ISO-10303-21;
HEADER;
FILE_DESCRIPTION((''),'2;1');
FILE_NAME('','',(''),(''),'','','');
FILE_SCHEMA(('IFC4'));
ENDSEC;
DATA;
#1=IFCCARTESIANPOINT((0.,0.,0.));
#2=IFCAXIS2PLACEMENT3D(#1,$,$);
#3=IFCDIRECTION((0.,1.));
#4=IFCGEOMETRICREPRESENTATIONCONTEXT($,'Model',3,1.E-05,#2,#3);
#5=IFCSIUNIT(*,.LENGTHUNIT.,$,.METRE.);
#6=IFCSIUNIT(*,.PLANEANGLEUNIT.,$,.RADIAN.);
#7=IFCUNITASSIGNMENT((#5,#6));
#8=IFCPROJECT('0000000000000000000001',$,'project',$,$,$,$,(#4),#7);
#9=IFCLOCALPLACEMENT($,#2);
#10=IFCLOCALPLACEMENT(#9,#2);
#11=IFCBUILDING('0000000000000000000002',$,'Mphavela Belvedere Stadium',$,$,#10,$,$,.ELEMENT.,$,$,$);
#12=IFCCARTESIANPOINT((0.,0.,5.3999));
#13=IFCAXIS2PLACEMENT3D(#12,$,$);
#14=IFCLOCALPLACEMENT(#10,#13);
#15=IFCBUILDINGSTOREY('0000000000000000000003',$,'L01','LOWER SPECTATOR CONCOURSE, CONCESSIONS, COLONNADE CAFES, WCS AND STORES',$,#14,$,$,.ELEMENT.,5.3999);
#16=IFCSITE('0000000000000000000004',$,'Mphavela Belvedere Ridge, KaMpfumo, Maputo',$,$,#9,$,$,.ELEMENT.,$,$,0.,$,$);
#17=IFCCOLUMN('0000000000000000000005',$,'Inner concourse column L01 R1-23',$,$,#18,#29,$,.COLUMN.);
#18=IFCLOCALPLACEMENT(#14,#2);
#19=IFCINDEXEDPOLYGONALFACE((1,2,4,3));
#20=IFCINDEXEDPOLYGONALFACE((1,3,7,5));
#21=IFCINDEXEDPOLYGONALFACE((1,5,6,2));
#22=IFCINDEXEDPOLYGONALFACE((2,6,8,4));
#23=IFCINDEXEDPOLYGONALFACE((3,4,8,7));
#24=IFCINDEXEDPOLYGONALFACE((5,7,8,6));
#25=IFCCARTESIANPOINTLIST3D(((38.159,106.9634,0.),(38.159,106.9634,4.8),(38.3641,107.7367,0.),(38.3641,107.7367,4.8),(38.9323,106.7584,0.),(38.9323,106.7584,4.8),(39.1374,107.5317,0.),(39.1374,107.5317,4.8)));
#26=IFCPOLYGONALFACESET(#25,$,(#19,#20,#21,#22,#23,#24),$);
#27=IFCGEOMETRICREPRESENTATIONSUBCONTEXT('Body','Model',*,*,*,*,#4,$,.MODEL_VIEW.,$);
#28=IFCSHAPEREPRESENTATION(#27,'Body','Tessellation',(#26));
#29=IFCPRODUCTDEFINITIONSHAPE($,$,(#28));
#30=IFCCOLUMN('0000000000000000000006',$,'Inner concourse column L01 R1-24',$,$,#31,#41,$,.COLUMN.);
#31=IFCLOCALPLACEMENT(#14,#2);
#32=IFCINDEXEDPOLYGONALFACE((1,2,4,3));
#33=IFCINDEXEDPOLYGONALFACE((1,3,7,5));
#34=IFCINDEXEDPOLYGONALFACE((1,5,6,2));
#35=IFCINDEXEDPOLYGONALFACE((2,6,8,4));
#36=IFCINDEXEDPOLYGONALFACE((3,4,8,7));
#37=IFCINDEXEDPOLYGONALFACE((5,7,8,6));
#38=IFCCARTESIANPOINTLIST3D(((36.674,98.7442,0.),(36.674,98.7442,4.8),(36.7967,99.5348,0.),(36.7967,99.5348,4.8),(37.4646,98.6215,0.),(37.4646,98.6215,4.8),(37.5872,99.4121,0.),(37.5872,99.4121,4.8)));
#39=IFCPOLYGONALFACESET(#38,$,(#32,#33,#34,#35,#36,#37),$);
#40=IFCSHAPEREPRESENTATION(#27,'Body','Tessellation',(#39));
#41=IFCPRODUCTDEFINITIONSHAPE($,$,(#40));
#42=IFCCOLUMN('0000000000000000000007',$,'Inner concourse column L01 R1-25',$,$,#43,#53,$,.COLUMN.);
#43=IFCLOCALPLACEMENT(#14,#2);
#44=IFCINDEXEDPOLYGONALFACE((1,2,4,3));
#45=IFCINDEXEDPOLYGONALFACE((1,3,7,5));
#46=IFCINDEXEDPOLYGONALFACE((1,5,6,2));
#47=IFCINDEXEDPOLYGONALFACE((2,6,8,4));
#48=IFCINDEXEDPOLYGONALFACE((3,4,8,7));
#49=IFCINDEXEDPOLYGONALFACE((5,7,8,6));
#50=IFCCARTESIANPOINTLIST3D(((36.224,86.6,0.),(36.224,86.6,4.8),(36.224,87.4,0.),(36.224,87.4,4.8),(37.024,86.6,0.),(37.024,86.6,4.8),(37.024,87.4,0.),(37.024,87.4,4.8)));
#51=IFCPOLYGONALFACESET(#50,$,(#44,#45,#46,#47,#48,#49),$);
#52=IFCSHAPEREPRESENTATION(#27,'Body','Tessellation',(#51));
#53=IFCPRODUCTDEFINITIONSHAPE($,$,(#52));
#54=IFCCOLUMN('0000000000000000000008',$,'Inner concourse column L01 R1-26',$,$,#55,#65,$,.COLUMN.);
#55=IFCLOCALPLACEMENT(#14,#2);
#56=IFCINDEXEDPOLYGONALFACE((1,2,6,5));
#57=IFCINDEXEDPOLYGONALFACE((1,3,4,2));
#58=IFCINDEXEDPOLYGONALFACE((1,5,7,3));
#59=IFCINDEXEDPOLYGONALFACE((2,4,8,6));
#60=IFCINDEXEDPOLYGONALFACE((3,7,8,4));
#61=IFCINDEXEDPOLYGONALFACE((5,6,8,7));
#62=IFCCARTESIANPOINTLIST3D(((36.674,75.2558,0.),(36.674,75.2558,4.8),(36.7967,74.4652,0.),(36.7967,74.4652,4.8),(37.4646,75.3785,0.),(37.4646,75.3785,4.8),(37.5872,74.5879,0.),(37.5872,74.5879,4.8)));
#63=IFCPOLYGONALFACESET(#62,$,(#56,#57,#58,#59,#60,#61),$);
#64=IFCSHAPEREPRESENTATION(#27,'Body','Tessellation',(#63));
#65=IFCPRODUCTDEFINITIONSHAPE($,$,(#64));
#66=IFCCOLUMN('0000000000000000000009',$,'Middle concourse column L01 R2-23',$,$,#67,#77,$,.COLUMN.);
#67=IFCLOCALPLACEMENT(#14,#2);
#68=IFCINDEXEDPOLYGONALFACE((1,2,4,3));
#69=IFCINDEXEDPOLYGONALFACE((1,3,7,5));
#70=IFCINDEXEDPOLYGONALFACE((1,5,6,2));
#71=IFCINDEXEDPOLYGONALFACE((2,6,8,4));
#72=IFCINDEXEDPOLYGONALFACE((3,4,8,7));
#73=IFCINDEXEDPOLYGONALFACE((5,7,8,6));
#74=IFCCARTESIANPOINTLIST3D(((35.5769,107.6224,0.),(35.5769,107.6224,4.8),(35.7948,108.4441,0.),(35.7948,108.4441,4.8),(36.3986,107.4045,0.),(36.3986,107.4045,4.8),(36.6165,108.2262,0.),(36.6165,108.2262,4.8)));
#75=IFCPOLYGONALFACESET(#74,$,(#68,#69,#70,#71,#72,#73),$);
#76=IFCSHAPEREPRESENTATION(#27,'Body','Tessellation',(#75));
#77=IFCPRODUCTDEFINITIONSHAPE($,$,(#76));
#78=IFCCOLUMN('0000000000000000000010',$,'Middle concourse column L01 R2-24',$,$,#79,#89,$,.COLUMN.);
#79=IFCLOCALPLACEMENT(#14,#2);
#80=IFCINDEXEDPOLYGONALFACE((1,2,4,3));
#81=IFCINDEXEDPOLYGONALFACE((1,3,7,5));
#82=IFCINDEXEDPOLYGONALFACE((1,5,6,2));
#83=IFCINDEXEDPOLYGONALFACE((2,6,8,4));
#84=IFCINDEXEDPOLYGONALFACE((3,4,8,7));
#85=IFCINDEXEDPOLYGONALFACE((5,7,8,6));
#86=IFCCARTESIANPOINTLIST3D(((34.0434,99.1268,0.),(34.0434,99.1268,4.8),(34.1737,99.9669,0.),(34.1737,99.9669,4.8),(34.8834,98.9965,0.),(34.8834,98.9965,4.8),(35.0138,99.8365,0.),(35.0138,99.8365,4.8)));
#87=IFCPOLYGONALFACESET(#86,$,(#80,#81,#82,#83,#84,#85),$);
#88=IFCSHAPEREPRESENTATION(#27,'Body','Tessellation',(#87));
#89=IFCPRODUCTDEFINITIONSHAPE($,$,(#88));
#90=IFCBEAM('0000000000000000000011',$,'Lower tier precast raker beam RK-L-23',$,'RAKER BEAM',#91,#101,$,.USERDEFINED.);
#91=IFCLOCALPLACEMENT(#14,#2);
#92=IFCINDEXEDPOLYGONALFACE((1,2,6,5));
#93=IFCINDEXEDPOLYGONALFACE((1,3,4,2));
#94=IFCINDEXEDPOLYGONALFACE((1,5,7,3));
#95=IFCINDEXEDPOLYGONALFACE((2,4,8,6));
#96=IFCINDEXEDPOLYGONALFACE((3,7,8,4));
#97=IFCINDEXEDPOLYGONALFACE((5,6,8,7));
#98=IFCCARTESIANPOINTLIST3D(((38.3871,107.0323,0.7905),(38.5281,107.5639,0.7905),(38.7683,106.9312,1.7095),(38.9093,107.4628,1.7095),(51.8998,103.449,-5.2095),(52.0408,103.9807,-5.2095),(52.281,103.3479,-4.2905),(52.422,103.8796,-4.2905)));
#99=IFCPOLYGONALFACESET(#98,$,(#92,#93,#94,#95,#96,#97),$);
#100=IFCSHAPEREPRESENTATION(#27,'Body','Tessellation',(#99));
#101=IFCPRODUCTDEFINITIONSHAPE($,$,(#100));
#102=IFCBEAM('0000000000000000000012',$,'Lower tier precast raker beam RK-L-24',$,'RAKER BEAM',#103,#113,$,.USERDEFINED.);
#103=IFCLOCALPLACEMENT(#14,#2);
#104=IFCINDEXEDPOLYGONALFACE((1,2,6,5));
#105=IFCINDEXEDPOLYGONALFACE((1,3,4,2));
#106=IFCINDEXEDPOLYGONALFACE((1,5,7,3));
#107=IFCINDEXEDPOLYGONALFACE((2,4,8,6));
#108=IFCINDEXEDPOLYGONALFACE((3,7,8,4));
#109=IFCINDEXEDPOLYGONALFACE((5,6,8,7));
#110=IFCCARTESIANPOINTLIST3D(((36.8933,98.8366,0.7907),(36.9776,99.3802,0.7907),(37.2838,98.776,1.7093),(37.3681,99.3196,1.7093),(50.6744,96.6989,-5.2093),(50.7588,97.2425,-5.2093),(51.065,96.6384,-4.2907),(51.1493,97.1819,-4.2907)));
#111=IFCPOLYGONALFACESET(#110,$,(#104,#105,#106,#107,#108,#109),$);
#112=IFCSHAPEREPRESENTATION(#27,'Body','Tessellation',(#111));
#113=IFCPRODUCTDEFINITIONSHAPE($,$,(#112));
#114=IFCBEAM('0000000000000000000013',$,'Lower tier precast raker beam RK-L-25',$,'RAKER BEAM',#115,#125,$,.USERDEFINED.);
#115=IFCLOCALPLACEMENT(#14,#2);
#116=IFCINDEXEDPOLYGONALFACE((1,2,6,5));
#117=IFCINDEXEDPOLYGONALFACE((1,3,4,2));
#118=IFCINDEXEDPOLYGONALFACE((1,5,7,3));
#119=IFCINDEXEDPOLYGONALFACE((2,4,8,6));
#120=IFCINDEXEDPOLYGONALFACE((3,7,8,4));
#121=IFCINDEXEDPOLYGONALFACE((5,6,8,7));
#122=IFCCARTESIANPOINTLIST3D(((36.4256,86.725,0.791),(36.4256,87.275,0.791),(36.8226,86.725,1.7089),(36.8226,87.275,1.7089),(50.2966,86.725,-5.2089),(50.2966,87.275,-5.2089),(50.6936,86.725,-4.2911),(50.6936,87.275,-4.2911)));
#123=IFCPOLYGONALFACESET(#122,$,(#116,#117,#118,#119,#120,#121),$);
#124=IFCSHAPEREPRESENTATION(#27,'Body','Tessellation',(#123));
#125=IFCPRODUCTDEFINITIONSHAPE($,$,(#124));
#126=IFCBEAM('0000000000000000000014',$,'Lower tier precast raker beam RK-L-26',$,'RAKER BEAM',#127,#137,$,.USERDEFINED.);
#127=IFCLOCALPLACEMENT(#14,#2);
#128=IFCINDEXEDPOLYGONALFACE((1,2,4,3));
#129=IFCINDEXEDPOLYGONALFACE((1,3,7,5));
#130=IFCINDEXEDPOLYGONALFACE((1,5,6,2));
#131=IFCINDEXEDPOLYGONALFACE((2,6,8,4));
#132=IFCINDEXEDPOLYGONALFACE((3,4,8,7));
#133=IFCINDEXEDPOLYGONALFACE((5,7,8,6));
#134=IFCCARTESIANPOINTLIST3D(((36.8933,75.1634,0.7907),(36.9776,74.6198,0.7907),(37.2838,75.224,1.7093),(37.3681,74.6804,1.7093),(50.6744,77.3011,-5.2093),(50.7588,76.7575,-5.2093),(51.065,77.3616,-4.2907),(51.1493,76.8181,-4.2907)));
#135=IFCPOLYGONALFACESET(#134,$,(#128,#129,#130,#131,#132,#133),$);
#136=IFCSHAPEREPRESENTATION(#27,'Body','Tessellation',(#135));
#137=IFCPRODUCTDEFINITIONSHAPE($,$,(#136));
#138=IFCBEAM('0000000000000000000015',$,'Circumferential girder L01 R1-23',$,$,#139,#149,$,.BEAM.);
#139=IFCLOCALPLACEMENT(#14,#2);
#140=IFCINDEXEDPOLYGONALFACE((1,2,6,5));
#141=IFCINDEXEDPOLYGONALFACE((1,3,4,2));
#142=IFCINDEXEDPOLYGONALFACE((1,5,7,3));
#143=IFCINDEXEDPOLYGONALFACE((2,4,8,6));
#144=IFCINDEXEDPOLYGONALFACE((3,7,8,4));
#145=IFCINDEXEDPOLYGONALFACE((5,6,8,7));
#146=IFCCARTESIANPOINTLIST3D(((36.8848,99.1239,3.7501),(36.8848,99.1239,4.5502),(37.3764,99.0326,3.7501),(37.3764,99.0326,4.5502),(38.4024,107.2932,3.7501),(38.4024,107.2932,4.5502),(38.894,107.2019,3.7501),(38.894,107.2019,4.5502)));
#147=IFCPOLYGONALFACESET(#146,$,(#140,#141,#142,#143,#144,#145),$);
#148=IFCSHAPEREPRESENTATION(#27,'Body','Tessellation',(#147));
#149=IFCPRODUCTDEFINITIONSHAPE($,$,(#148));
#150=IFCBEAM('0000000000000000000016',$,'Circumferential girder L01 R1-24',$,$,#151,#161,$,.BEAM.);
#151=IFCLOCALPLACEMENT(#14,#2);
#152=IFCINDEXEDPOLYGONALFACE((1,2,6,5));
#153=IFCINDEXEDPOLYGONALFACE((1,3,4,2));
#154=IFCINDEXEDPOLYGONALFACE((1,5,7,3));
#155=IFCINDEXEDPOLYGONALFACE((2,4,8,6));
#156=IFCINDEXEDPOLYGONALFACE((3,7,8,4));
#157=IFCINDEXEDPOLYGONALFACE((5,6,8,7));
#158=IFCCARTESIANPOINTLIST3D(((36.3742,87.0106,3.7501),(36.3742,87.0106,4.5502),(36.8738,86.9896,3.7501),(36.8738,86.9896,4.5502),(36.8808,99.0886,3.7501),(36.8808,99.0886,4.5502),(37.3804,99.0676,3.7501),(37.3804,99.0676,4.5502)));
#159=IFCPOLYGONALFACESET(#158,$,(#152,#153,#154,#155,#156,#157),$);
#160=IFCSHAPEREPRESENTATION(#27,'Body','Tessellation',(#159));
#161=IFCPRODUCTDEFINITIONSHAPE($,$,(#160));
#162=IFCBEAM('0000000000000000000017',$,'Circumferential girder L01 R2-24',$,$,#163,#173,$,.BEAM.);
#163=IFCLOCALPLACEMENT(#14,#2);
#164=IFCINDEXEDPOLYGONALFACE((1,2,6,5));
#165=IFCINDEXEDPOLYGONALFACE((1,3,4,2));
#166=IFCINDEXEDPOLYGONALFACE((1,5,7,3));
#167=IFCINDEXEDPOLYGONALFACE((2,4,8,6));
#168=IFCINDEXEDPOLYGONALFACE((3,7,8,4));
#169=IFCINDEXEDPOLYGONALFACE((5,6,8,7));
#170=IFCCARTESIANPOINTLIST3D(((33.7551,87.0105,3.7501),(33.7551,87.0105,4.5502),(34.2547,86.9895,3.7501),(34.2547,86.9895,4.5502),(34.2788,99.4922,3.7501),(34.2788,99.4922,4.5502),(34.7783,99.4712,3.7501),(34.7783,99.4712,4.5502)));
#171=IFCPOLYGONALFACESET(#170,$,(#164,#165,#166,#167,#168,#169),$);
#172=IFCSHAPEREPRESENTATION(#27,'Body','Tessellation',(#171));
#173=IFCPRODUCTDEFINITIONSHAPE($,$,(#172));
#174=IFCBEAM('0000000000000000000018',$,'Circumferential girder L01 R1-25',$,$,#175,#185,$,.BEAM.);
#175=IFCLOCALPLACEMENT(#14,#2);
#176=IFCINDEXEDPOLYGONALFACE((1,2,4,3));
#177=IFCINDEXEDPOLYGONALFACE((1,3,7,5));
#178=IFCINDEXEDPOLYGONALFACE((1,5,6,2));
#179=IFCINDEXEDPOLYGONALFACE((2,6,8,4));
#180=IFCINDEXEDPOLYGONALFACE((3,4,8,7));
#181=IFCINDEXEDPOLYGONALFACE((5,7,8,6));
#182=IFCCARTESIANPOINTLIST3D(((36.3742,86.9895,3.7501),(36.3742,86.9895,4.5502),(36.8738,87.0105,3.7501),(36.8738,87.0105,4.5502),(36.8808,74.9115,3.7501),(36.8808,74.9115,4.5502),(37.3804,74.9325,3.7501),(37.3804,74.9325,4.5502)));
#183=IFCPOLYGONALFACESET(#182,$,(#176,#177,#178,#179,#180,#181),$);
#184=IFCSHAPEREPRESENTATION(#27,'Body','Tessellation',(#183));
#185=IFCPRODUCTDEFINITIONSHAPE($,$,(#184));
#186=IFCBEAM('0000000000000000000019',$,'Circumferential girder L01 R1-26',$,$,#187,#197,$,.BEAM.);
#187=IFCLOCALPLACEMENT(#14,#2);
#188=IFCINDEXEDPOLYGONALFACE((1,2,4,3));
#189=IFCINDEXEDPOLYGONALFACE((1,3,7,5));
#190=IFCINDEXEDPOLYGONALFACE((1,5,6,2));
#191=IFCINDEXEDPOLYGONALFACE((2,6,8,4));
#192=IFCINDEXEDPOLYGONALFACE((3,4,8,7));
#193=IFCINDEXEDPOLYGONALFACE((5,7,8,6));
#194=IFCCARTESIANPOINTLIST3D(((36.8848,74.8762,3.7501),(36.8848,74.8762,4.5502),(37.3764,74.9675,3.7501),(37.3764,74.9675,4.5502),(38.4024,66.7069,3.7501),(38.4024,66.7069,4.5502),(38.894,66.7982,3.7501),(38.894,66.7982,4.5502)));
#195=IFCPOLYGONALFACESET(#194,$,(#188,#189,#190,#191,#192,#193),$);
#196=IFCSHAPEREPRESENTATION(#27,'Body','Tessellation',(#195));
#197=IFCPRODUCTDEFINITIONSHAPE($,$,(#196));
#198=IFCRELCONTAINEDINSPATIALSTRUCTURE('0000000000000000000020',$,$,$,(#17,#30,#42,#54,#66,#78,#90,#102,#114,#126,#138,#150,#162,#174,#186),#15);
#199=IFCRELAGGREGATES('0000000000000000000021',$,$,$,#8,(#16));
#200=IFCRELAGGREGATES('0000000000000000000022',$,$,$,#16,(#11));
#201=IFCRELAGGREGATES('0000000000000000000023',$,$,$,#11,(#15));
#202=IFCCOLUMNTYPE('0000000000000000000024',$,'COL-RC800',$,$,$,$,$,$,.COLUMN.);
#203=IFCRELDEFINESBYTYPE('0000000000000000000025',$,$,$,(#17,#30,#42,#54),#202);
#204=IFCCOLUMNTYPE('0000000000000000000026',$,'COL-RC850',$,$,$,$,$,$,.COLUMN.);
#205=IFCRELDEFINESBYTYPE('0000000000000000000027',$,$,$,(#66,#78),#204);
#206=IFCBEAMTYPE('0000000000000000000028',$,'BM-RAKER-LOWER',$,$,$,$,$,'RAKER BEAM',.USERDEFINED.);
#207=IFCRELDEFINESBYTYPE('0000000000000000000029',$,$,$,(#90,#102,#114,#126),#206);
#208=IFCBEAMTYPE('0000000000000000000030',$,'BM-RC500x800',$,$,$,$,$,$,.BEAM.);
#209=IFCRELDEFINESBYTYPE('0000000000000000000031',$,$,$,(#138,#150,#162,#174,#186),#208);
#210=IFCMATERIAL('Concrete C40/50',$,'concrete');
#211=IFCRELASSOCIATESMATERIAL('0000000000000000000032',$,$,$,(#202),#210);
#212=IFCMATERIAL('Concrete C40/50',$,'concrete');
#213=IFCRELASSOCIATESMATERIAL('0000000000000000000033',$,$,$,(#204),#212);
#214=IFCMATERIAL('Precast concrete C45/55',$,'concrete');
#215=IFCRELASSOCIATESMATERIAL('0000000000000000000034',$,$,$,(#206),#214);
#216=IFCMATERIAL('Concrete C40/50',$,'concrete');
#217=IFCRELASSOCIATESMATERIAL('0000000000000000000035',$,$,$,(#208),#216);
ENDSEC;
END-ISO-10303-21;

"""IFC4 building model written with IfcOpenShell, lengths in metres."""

from ifc_helpers import new_model, si_unit, direction, frame, origin, origin_2d, place, context, subcontext, project, spatial, rectangle, extrude, material, material_profile, profile_set, type_object, element, save


model = new_model("IFC4")

# Units and contexts
model_context = context("Model", 3, precision=1e-05, world=origin(), true_north=direction((0.0, 1.0)))
body_context = subcontext(model_context, "Body", "Model", "MODEL_VIEW")
ifc_project = project(units=[si_unit("LENGTHUNIT", "METRE"), si_unit("PLANEANGLEUNIT", "RADIAN")], contexts=[model_context])

# Site, building, storey
site_placement = place(None, origin())
site = spatial("IfcSite", under=ifc_project, at=site_placement, Name="Mphavela Belvedere Ridge, KaMpfumo, Maputo", CompositionType="ELEMENT", RefElevation=0.0)
building_placement = place(site_placement, origin())
building = spatial("IfcBuilding", under=site, at=building_placement, Name="Mphavela Belvedere Stadium", CompositionType="ELEMENT")
storey_placement = place(building_placement, frame((0.0, 0.0, 5.3999)))
storey = spatial("IfcBuildingStorey", under=building, at=storey_placement, Name="L01", Description="LOWER SPECTATOR CONCOURSE, CONCESSIONS, COLONNADE CAFES, WCS AND STORES", CompositionType="ELEMENT", Elevation=5.3999)

# Columns
ifc_material_1 = material(Name="Concrete C40/50", Category="concrete")
ifc_material_profile_1 = material_profile(ifc_material_1, rectangle(XDim=0.8, YDim=0.8, at=origin_2d()), Name="RC 800x800")
ifc_profile_set_1 = profile_set([ifc_material_profile_1], Name="Concrete C40/50")
column_type_1 = type_object("IfcColumnType", Name="COL-RC800", PredefinedType="COLUMN", material=ifc_profile_set_1)
for number, where, z_axis, x_axis, name in (
    (1, (38.6482, 107.2476, 0.0), (0.0, 0.0, 1.0), (-0.9666, 0.256289, 0.0), "Inner concourse column L01 R1-23"),
    (2, (37.1306, 99.0781, 0.0), (0.0, 0.0, 1.0), (-0.988175, 0.153331, 0.0), "Inner concourse column L01 R1-24"),
    (3, (36.624, 87.0, 0.0), (0.0, 0.0, 1.0), (-1.0, 0.0, 0.0), "Inner concourse column L01 R1-25"),
    (4, (37.1306, 74.9219, 0.0), (0.0, 0.0, 1.0), (-0.988175, -0.153331, 0.0), "Inner concourse column L01 R1-26"),
):
    element("IfcColumn", number, at=place(storey_placement, frame(where, z_axis=z_axis, x_axis=x_axis)), inside=storey, type_object=column_type_1, Name=name, PredefinedType="COLUMN", context=body_context, shape_type="SweptSolid", body=[
        extrude(rectangle(XDim=0.8, YDim=0.8, at=origin_2d()), origin(), (0.0, 0.0, 1.0), 4.8),
    ])
ifc_material_2 = material(Name="Concrete C40/50", Category="concrete")
ifc_material_profile_2 = material_profile(ifc_material_2, rectangle(XDim=0.8501, YDim=0.8501, at=origin_2d()), Name="RC 850x850")
ifc_profile_set_2 = profile_set([ifc_material_profile_2], Name="Concrete C40/50")
column_type_2 = type_object("IfcColumnType", Name="COL-RC850", PredefinedType="COLUMN", material=ifc_profile_set_2)
for number, where, z_axis, x_axis, name in (
    (5, (36.0967, 107.9243, 0.0), (0.0, 0.0, 1.0), (-0.9666, 0.256289, 0.0), "Middle concourse column L01 R2-23"),
    (6, (34.5286, 99.4817, 0.0), (0.0, 0.0, 1.0), (-0.988175, 0.153331, 0.0), "Middle concourse column L01 R2-24"),
):
    element("IfcColumn", number, at=place(storey_placement, frame(where, z_axis=z_axis, x_axis=x_axis)), inside=storey, type_object=column_type_2, Name=name, PredefinedType="COLUMN", context=body_context, shape_type="SweptSolid", body=[
        extrude(rectangle(XDim=0.8501, YDim=0.8501, at=origin_2d()), origin(), (0.0, 0.0, 1.0), 4.8),
    ])

# Beams
ifc_material_3 = material(Name="Precast concrete C45/55", Category="concrete")
ifc_material_profile_3 = material_profile(ifc_material_3, rectangle(XDim=0.55, YDim=1.0, at=origin_2d()), Name="PC 550x1000")
ifc_profile_set_3 = profile_set([ifc_material_profile_3], Name="Precast concrete C45/55")
beam_type_1 = type_object("IfcBeamType", Name="BM-RAKER-LOWER", ElementType="RAKER BEAM", PredefinedType="USERDEFINED", material=ifc_profile_set_3)
beam_1_placement = place(storey_placement, frame((52.1609, 103.6643, -4.75), z_axis=(-0.888239, 0.23554, 0.394402), x_axis=(-0.256318, -0.966593, 0.0)))
element("IfcBeam", 7, at=beam_1_placement, inside=storey, type_object=beam_type_1, Name="Lower tier precast raker beam RK-L-23", ObjectType="RAKER BEAM", PredefinedType="USERDEFINED", context=body_context, shape_type="SweptSolid", body=[
    extrude(rectangle(XDim=0.55, YDim=1.0, at=origin_2d()), origin(), (0.0, 0.0, 1.0), 15.2129),
])
beam_2_placement = place(storey_placement, frame((50.9119, 96.9404, -4.75), z_axis=(-0.907737, 0.140805, 0.395205), x_axis=(-0.153283, -0.988182, 0.0)))
element("IfcBeam", 8, at=beam_2_placement, inside=storey, type_object=beam_type_1, Name="Lower tier precast raker beam RK-L-24", ObjectType="RAKER BEAM", PredefinedType="USERDEFINED", context=body_context, shape_type="SweptSolid", body=[
    extrude(rectangle(XDim=0.55, YDim=1.0, at=origin_2d()), origin(), (0.0, 0.0, 1.0), 15.1819),
])
beam_3_placement = place(storey_placement, frame((50.4951, 87.0, -4.75), z_axis=(-0.917816, 0.0, 0.397005), x_axis=(0.0, -1.0, 0.0)))
element("IfcBeam", 9, at=beam_3_placement, inside=storey, type_object=beam_type_1, Name="Lower tier precast raker beam RK-L-25", ObjectType="RAKER BEAM", PredefinedType="USERDEFINED", context=body_context, shape_type="SweptSolid", body=[
    extrude(rectangle(XDim=0.55, YDim=1.0, at=origin_2d()), origin(), (0.0, 0.0, 1.0), 15.113),
])
beam_4_placement = place(storey_placement, frame((50.9119, 77.0596, -4.75), z_axis=(-0.907737, -0.140805, 0.395205), x_axis=(0.153283, -0.988182, 0.0)))
element("IfcBeam", 10, at=beam_4_placement, inside=storey, type_object=beam_type_1, Name="Lower tier precast raker beam RK-L-26", ObjectType="RAKER BEAM", PredefinedType="USERDEFINED", context=body_context, shape_type="SweptSolid", body=[
    extrude(rectangle(XDim=0.55, YDim=1.0, at=origin_2d()), origin(), (0.0, 0.0, 1.0), 15.1819),
])
ifc_material_4 = material(Name="Concrete C40/50", Category="concrete")
ifc_material_profile_4 = material_profile(ifc_material_4, rectangle(XDim=0.5, YDim=0.8, at=origin_2d()), Name="RC 500x800")
ifc_profile_set_4 = profile_set([ifc_material_profile_4], Name="Concrete C40/50")
beam_type_2 = type_object("IfcBeamType", Name="BM-RC500x800", PredefinedType="BEAM", material=ifc_profile_set_4)
beam_5_placement = place(storey_placement, frame((38.6482, 107.2476, 4.1501), z_axis=(-0.182638, -0.98318, 0.0), x_axis=(0.98318, -0.182638, 0.0)))
element("IfcBeam", 11, at=beam_5_placement, inside=storey, type_object=beam_type_2, Name="Circumferential girder L01 R1-23", PredefinedType="BEAM", context=body_context, shape_type="SweptSolid", body=[
    extrude(rectangle(XDim=0.5, YDim=0.8, at=origin_2d()), origin(), (0.0, 0.0, 1.0), 8.3091),
])
beam_6_placement = place(storey_placement, frame((37.1306, 99.0781, 4.1501), z_axis=(-0.041906, -0.999122, 0.0), x_axis=(0.999122, -0.041906, 0.0)))
element("IfcBeam", 12, at=beam_6_placement, inside=storey, type_object=beam_type_2, Name="Circumferential girder L01 R1-24", PredefinedType="BEAM", context=body_context, shape_type="SweptSolid", body=[
    extrude(rectangle(XDim=0.5, YDim=0.8, at=origin_2d()), origin(), (0.0, 0.0, 1.0), 12.0886),
])
beam_7_placement = place(storey_placement, frame((34.5286, 99.4817, 4.1501), z_axis=(-0.041919, -0.999121, 0.0), x_axis=(0.999121, -0.041919, 0.0)))
element("IfcBeam", 13, at=beam_7_placement, inside=storey, type_object=beam_type_2, Name="Circumferential girder L01 R2-24", PredefinedType="BEAM", context=body_context, shape_type="SweptSolid", body=[
    extrude(rectangle(XDim=0.5, YDim=0.8, at=origin_2d()), origin(), (0.0, 0.0, 1.0), 12.4927),
])
beam_8_placement = place(storey_placement, frame((36.624, 87.0, 4.1501), z_axis=(0.041906, -0.999122, 0.0), x_axis=(0.999122, 0.041906, 0.0)))
element("IfcBeam", 14, at=beam_8_placement, inside=storey, type_object=beam_type_2, Name="Circumferential girder L01 R1-25", PredefinedType="BEAM", context=body_context, shape_type="SweptSolid", body=[
    extrude(rectangle(XDim=0.5, YDim=0.8, at=origin_2d()), origin(), (0.0, 0.0, 1.0), 12.0886),
])
beam_9_placement = place(storey_placement, frame((37.1306, 74.9219, 4.1501), z_axis=(0.182638, -0.98318, 0.0), x_axis=(0.98318, 0.182638, 0.0)))
element("IfcBeam", 15, at=beam_9_placement, inside=storey, type_object=beam_type_2, Name="Circumferential girder L01 R1-26", PredefinedType="BEAM", context=body_context, shape_type="SweptSolid", body=[
    extrude(rectangle(XDim=0.5, YDim=0.8, at=origin_2d()), origin(), (0.0, 0.0, 1.0), 8.3091),
])

save(model, "model.ifc")
